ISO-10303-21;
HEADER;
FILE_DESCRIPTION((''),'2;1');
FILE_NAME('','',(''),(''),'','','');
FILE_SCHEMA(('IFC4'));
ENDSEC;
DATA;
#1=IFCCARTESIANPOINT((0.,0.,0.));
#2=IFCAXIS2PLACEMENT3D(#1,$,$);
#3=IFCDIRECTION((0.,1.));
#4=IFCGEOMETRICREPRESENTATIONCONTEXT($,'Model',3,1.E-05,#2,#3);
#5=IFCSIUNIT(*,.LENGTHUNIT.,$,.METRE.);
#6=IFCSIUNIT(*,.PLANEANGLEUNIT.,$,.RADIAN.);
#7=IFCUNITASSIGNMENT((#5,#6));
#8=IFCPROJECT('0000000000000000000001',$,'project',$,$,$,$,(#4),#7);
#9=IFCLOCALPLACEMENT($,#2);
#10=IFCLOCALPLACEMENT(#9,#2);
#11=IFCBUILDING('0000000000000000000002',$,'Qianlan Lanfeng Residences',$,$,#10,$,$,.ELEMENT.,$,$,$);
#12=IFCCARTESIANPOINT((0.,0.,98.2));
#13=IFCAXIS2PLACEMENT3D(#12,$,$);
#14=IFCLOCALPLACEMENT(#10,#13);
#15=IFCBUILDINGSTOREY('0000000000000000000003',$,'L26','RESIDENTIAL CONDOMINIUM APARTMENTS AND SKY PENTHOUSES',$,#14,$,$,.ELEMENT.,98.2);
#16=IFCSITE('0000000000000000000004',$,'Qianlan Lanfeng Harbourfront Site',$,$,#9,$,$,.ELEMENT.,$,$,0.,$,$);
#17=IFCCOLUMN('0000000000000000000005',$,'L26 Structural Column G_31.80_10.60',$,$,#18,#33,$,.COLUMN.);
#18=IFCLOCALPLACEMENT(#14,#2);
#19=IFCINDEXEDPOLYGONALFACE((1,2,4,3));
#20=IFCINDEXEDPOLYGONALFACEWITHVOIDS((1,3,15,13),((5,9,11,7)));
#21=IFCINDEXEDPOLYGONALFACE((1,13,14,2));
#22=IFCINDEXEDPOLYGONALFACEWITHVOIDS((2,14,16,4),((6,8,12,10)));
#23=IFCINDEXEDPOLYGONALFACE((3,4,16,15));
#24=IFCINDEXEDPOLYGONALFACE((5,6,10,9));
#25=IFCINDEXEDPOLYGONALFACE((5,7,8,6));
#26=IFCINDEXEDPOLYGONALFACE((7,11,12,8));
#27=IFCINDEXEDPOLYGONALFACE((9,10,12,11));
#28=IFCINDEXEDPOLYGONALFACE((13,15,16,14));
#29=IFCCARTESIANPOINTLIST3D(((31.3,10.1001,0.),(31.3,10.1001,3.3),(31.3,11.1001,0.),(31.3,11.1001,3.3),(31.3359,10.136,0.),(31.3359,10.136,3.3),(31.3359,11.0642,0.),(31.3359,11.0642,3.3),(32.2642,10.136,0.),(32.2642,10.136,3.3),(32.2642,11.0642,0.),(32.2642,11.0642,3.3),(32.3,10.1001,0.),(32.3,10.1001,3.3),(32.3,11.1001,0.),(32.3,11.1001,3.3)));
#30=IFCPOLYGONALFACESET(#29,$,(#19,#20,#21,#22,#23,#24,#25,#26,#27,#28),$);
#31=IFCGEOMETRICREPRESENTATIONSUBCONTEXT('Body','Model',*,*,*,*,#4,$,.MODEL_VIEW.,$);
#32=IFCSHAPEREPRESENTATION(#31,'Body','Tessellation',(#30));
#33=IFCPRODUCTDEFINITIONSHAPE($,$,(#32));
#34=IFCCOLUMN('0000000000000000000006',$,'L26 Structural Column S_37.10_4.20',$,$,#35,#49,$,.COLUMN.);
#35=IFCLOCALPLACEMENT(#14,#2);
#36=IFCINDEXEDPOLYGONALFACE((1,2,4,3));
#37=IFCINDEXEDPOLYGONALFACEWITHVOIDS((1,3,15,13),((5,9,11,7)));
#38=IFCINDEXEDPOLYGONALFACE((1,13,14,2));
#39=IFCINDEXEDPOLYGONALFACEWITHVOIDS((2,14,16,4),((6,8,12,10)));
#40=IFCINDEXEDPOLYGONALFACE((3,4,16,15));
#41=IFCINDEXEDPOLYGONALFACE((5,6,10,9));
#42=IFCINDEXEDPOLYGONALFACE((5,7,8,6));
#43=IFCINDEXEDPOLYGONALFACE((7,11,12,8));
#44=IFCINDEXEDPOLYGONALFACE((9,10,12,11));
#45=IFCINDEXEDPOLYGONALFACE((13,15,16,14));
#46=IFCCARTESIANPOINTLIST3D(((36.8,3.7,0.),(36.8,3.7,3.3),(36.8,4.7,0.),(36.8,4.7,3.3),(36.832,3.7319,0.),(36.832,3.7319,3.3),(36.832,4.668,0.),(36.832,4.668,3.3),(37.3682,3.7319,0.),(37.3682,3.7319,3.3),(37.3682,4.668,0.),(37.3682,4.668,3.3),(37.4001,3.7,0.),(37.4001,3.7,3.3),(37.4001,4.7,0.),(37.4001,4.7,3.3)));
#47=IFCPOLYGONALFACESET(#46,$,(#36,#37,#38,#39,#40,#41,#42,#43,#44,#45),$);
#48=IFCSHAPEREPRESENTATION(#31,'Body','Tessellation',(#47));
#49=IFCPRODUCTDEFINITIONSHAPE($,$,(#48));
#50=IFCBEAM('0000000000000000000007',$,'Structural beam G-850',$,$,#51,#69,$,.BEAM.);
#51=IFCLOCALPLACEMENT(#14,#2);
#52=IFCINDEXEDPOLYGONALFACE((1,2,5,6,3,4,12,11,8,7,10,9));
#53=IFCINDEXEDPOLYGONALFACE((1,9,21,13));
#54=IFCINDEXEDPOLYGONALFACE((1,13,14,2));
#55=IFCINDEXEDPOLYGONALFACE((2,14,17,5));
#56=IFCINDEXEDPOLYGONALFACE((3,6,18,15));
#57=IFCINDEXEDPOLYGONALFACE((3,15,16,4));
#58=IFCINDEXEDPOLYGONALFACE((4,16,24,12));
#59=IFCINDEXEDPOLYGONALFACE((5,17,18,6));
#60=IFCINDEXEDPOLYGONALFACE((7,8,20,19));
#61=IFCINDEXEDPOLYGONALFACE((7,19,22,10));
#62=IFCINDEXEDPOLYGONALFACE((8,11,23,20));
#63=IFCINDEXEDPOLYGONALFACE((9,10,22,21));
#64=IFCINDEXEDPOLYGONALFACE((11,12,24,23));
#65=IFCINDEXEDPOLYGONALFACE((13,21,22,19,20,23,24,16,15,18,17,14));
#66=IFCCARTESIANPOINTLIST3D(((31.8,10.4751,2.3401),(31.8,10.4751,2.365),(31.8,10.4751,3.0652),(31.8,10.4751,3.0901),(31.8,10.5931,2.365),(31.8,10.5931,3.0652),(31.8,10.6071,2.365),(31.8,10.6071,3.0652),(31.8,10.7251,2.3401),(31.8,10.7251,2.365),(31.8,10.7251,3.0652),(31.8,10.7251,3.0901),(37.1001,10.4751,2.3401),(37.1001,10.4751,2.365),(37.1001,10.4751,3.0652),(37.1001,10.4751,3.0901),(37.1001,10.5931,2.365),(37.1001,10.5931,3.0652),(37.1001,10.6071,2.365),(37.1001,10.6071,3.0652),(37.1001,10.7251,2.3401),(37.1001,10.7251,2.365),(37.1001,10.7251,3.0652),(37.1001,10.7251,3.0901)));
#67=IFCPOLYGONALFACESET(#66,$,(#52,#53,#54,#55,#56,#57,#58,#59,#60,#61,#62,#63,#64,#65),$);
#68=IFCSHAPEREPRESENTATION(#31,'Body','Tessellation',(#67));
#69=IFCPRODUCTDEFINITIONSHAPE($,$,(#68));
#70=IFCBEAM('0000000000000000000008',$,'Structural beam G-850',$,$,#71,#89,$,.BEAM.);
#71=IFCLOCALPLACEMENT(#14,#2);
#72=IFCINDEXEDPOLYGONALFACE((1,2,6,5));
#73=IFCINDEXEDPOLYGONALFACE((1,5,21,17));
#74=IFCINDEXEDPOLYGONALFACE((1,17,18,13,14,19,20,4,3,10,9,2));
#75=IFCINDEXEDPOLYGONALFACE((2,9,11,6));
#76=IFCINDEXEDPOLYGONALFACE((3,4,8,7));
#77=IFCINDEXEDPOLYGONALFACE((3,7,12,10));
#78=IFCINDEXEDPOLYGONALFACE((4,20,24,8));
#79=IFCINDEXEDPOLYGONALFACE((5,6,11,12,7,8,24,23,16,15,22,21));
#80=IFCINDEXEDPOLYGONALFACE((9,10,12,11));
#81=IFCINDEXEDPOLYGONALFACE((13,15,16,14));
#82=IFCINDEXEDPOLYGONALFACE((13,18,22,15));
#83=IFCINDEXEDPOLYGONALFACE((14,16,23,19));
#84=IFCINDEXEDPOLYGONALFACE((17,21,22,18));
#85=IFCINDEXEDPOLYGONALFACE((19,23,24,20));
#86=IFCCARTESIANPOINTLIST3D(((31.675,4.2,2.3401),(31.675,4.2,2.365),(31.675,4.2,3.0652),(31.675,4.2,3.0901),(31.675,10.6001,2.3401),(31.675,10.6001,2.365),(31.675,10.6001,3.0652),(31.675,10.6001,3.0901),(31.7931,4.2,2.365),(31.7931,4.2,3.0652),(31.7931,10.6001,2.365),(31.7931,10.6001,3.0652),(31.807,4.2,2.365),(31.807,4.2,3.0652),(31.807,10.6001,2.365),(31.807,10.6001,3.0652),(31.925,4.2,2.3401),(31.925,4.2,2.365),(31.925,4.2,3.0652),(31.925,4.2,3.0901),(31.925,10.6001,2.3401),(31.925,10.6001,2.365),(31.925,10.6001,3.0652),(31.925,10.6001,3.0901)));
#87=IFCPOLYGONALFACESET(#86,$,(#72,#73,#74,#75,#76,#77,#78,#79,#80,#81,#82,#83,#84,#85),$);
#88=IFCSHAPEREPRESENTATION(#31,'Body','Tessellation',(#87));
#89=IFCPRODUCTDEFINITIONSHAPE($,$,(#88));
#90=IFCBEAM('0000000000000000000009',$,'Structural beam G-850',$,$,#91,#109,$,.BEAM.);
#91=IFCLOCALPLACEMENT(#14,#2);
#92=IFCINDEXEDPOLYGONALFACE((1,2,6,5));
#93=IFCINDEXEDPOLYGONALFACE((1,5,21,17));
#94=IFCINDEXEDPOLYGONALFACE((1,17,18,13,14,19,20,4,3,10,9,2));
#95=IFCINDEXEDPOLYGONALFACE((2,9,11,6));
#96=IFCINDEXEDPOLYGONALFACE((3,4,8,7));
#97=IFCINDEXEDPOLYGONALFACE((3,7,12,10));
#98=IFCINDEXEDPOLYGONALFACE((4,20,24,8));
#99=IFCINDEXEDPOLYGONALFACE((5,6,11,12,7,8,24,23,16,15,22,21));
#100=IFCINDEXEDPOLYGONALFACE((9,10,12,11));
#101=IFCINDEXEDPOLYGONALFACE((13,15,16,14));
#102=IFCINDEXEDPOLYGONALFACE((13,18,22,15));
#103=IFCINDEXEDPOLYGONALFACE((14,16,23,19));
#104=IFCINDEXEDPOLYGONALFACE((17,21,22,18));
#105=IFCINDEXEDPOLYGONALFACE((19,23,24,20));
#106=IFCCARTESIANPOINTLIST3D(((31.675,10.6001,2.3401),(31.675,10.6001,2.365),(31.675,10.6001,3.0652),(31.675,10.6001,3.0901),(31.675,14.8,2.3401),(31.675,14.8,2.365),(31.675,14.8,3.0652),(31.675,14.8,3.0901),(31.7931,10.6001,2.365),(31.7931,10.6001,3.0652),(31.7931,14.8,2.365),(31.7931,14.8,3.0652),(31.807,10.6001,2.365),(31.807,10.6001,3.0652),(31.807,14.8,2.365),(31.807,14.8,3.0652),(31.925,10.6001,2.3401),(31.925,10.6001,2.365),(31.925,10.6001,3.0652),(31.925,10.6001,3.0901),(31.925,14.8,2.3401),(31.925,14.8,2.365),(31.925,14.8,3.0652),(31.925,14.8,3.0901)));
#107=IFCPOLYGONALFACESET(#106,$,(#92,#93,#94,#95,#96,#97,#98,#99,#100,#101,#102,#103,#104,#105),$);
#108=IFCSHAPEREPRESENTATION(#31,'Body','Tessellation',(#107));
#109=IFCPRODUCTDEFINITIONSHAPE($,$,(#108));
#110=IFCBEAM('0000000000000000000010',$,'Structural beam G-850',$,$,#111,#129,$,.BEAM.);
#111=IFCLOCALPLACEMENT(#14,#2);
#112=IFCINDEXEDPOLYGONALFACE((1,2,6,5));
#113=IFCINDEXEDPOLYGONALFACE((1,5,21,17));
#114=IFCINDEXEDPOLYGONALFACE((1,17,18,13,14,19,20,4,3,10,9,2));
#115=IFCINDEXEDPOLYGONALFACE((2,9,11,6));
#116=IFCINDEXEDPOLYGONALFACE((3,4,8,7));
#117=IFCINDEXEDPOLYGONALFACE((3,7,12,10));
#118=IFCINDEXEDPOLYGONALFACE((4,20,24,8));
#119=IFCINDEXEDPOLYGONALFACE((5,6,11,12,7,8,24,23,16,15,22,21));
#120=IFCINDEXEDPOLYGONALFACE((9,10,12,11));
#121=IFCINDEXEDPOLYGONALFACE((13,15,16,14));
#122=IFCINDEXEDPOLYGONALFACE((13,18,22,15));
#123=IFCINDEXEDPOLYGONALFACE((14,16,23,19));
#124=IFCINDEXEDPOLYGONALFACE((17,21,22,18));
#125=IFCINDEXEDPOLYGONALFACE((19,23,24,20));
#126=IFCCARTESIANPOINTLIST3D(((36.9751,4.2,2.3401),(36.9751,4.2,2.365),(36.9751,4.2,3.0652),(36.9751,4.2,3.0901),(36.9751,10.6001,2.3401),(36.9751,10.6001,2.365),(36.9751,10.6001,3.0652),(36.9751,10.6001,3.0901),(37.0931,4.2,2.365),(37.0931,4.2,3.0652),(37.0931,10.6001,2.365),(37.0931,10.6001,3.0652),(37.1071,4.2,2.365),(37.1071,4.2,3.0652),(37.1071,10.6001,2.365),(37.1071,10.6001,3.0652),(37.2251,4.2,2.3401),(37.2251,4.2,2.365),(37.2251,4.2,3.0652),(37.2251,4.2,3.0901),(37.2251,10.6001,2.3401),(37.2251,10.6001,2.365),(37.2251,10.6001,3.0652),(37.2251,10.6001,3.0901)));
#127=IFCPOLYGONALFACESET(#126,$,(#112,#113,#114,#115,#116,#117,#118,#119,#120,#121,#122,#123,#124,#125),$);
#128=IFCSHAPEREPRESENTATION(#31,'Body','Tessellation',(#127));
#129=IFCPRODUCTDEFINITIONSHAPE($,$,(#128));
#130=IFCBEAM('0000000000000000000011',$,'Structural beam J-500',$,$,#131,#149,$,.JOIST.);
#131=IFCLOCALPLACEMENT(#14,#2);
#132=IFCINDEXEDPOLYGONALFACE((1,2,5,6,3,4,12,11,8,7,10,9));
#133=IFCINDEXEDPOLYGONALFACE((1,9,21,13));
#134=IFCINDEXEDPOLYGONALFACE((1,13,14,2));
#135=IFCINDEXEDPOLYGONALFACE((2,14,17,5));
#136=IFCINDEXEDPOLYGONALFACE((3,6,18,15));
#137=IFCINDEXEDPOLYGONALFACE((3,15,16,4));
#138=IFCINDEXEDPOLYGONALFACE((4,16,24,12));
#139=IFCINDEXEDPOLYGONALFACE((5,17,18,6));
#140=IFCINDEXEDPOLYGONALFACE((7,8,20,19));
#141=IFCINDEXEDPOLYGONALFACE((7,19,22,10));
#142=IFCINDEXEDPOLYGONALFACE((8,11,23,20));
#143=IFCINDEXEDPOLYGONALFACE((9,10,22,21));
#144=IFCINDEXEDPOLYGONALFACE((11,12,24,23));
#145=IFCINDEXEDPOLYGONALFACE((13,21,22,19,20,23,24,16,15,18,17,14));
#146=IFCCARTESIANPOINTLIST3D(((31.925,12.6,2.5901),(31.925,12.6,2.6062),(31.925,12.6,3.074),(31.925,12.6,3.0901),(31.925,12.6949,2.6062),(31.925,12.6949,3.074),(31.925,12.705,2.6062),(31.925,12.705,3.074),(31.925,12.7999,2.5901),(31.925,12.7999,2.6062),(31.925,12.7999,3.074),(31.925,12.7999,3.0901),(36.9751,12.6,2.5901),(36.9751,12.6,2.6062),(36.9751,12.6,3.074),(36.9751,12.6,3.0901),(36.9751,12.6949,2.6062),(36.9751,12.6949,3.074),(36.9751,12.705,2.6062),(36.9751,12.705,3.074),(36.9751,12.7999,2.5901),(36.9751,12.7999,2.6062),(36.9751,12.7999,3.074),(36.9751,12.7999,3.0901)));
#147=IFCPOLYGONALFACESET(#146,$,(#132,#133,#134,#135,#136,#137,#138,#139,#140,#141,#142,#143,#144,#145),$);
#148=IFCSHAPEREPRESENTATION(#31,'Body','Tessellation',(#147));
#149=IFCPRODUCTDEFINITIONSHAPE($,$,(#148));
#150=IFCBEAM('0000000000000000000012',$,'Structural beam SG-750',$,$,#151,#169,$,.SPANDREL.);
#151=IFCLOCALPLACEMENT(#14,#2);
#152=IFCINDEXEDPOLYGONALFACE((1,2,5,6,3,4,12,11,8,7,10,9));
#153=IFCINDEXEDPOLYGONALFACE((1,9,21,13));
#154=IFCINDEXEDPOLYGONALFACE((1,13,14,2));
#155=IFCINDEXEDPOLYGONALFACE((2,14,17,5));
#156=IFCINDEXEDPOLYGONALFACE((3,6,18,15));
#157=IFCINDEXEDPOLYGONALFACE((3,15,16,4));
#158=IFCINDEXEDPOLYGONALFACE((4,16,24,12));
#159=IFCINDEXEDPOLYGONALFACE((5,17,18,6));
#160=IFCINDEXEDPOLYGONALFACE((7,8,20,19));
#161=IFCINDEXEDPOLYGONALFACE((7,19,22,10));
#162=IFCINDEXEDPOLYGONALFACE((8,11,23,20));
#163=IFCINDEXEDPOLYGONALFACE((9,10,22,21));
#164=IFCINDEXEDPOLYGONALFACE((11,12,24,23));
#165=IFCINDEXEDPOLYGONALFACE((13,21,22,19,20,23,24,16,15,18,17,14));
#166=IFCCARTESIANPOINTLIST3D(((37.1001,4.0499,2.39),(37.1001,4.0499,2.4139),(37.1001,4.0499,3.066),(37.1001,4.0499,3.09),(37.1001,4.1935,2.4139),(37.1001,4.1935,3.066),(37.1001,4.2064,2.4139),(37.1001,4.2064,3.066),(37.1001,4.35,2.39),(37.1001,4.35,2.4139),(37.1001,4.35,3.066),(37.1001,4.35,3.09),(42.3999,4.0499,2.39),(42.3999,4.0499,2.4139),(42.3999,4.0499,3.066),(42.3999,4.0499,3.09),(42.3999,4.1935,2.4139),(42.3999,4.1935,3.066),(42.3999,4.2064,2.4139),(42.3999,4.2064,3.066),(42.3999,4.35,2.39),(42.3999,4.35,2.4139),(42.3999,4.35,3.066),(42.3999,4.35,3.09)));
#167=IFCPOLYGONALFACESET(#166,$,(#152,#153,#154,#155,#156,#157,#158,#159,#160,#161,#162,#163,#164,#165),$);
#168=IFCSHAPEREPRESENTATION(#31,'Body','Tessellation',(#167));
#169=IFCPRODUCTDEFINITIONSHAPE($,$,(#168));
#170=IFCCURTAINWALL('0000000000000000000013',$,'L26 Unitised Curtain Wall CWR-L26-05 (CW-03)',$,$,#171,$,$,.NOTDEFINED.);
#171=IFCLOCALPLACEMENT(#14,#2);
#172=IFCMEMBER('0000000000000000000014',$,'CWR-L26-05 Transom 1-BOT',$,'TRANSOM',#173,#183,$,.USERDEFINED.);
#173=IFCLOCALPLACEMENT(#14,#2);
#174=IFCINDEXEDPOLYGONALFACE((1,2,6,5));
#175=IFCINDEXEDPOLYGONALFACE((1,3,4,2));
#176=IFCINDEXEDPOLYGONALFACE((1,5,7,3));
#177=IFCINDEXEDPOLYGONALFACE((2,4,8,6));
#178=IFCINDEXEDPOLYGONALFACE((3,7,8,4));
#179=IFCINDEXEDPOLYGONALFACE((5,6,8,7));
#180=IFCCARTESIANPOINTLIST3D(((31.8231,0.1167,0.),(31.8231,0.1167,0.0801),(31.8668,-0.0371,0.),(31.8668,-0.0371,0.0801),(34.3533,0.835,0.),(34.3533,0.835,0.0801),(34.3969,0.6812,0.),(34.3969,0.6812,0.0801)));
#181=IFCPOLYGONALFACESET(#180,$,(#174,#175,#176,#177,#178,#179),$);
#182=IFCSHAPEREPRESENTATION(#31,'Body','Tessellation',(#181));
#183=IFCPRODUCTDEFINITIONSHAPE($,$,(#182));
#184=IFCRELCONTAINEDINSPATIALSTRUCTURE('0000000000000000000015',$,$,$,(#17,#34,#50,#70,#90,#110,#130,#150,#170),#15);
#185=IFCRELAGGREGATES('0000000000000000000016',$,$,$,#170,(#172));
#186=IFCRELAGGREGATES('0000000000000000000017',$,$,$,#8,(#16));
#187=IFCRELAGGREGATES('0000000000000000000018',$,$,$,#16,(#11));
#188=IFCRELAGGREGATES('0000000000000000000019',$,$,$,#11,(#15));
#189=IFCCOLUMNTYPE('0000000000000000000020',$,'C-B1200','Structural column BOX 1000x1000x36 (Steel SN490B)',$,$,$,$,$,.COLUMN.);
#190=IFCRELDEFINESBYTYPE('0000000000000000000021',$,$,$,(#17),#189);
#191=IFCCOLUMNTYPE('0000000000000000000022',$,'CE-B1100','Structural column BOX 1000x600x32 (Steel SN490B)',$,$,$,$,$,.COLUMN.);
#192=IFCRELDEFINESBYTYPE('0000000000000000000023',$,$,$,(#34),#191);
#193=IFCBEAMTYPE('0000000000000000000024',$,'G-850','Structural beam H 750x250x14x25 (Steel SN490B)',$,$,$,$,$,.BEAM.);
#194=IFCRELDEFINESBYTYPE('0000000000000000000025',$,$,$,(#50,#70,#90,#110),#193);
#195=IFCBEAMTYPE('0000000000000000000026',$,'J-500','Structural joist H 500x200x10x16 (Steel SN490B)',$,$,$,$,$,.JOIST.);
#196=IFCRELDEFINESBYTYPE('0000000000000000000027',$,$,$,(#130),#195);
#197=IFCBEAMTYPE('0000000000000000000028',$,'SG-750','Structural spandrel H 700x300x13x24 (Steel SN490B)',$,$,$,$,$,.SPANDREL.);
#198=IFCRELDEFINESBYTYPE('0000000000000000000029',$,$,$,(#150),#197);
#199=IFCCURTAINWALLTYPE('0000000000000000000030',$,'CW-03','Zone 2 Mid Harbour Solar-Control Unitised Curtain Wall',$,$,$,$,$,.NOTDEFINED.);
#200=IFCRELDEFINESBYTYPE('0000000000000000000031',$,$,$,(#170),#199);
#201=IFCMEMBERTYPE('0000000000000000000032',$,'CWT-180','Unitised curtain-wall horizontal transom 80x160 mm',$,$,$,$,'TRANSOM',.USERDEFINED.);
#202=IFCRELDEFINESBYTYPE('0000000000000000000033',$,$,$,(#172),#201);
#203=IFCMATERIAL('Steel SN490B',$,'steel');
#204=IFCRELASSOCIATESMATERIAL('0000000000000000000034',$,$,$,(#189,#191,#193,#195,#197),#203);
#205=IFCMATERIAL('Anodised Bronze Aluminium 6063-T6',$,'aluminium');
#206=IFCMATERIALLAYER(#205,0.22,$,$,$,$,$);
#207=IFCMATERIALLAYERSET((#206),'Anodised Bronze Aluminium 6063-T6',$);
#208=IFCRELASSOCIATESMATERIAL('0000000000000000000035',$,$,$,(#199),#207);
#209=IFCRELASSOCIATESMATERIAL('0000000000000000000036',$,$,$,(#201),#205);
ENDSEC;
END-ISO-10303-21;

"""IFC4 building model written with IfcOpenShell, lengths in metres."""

from ifc_helpers import new_model, si_unit, direction, frame, origin, origin_2d, place, context, subcontext, project, spatial, rectangle, hollow_rectangle, i_section, extrude, source, transform, mapped, material, layer, layer_set, material_profile, profile_set, type_object, element, aggregate, save


model = new_model("IFC4")

# Units and contexts
model_context = context("Model", 3, precision=1e-05, world=origin(), true_north=direction((0.0, 1.0)))
body_context = subcontext(model_context, "Body", "Model", "MODEL_VIEW")
ifc_project = project(units=[si_unit("LENGTHUNIT", "METRE"), si_unit("PLANEANGLEUNIT", "RADIAN")], contexts=[model_context])

# Site, building, storey
site_placement = place(None, origin())
site = spatial("IfcSite", under=ifc_project, at=site_placement, Name="Qianlan Lanfeng Harbourfront Site", CompositionType="ELEMENT", RefElevation=0.0)
building_placement = place(site_placement, origin())
building = spatial("IfcBuilding", under=site, at=building_placement, Name="Qianlan Lanfeng Residences", CompositionType="ELEMENT")
storey_placement = place(building_placement, frame((0.0, 0.0, 98.2)))
storey = spatial("IfcBuildingStorey", under=building, at=storey_placement, Name="L26", Description="RESIDENTIAL CONDOMINIUM APARTMENTS AND SKY PENTHOUSES", CompositionType="ELEMENT", Elevation=98.2)

# Columns
ifc_material_1 = material(Name="Steel SN490B", Category="steel")
ifc_material_profile_1 = material_profile(ifc_material_1, hollow_rectangle(XDim=1.0, YDim=1.0, WallThickness=0.0359, at=origin_2d()), Name="BOX 1000x1000x36")
ifc_profile_set_1 = profile_set([ifc_material_profile_1], Name="Steel SN490B")
column_type_1 = type_object("IfcColumnType", Name="C-B1200", Description="Structural column BOX 1000x1000x36 (Steel SN490B)", PredefinedType="COLUMN", material=ifc_profile_set_1)
column_1_placement = place(storey_placement, frame((31.8, 10.6001, 0.0), z_axis=(0.0, 0.0, 1.0), x_axis=(1.0, 0.0, 0.0)))
element("IfcColumn", 1, at=column_1_placement, inside=storey, type_object=column_type_1, Name="L26 Structural Column G_31.80_10.60", PredefinedType="COLUMN", context=body_context, shape_type="SweptSolid", body=[
    extrude(hollow_rectangle(XDim=1.0, YDim=1.0, WallThickness=0.0359, at=origin_2d()), origin(), (0.0, 0.0, 1.0), 3.3),
])
ifc_material_profile_2 = material_profile(ifc_material_1, hollow_rectangle(XDim=0.6001, YDim=1.0, WallThickness=0.032, at=origin_2d()), Name="BOX 1000x600x32")
ifc_profile_set_2 = profile_set([ifc_material_profile_2], Name="Steel SN490B")
column_type_2 = type_object("IfcColumnType", Name="CE-B1100", Description="Structural column BOX 1000x600x32 (Steel SN490B)", PredefinedType="COLUMN", material=ifc_profile_set_2)
column_2_placement = place(storey_placement, frame((37.1001, 4.2, 0.0), z_axis=(0.0, 0.0, 1.0), x_axis=(1.0, 0.0, 0.0)))
element("IfcColumn", 2, at=column_2_placement, inside=storey, type_object=column_type_2, Name="L26 Structural Column S_37.10_4.20", PredefinedType="COLUMN", context=body_context, shape_type="SweptSolid", body=[
    extrude(hollow_rectangle(XDim=0.6001, YDim=1.0, WallThickness=0.032, at=origin_2d()), origin(), (0.0, 0.0, 1.0), 3.3),
])

# Beams
ifc_material_profile_3 = material_profile(ifc_material_1, i_section(OverallWidth=0.25, OverallDepth=0.75, WebThickness=0.0139, FlangeThickness=0.0249, at=origin_2d()), Name="H 750x250x14x25")
ifc_profile_set_3 = profile_set([ifc_material_profile_3], Name="Steel SN490B")
beam_type_1 = type_object("IfcBeamType", Name="G-850", Description="Structural beam H 750x250x14x25 (Steel SN490B)", PredefinedType="BEAM", material=ifc_profile_set_3)
beam_1_placement = place(storey_placement, frame((31.8, 10.6001, 2.7151), z_axis=(1.0, 0.0, 0.0), x_axis=(0.0, 1.0, 0.0)))
element("IfcBeam", 3, at=beam_1_placement, inside=storey, type_object=beam_type_1, Name="Structural beam G-850", PredefinedType="BEAM", context=body_context, shape_type="SweptSolid", body=[
    extrude(i_section(OverallWidth=0.25, OverallDepth=0.75, WebThickness=0.0139, FlangeThickness=0.0249, at=origin_2d()), origin(), (0.0, 0.0, 1.0), 5.3),
])
beam_2_placement = place(storey_placement, frame((31.8, 4.2, 2.7151), z_axis=(0.0, 1.0, 0.0), x_axis=(-1.0, 0.0, 0.0)))
element("IfcBeam", 4, at=beam_2_placement, inside=storey, type_object=beam_type_1, Name="Structural beam G-850", PredefinedType="BEAM", context=body_context, shape_type="SweptSolid", body=[
    extrude(i_section(OverallWidth=0.25, OverallDepth=0.75, WebThickness=0.0139, FlangeThickness=0.0249, at=origin_2d()), origin(), (0.0, 0.0, 1.0), 6.4001),
])
beam_3_placement = place(storey_placement, frame((31.8, 10.6001, 2.7151), z_axis=(0.0, 1.0, 0.0), x_axis=(-1.0, 0.0, 0.0)))
element("IfcBeam", 5, at=beam_3_placement, inside=storey, type_object=beam_type_1, Name="Structural beam G-850", PredefinedType="BEAM", context=body_context, shape_type="SweptSolid", body=[
    extrude(i_section(OverallWidth=0.25, OverallDepth=0.75, WebThickness=0.0139, FlangeThickness=0.0249, at=origin_2d()), origin(), (0.0, 0.0, 1.0), 4.2),
])
beam_4_placement = place(storey_placement, frame((37.1001, 4.2, 2.7151), z_axis=(0.0, 1.0, 0.0), x_axis=(-1.0, 0.0, 0.0)))
element("IfcBeam", 6, at=beam_4_placement, inside=storey, type_object=beam_type_1, Name="Structural beam G-850", PredefinedType="BEAM", context=body_context, shape_type="SweptSolid", body=[
    extrude(i_section(OverallWidth=0.25, OverallDepth=0.75, WebThickness=0.0139, FlangeThickness=0.0249, at=origin_2d()), origin(), (0.0, 0.0, 1.0), 6.4001),
])
ifc_material_profile_4 = material_profile(ifc_material_1, i_section(OverallWidth=0.2, OverallDepth=0.5, WebThickness=0.01, FlangeThickness=0.0161, at=origin_2d()), Name="H 500x200x10x16")
ifc_profile_set_4 = profile_set([ifc_material_profile_4], Name="Steel SN490B")
beam_type_2 = type_object("IfcBeamType", Name="J-500", Description="Structural joist H 500x200x10x16 (Steel SN490B)", PredefinedType="JOIST", material=ifc_profile_set_4)
beam_5_placement = place(storey_placement, frame((31.925, 12.7, 2.8401), z_axis=(1.0, 0.0, 0.0), x_axis=(0.0, 1.0, 0.0)))
element("IfcBeam", 7, at=beam_5_placement, inside=storey, type_object=beam_type_2, Name="Structural beam J-500", PredefinedType="JOIST", context=body_context, shape_type="SweptSolid", body=[
    extrude(i_section(OverallWidth=0.2, OverallDepth=0.5, WebThickness=0.01, FlangeThickness=0.0161, at=origin_2d()), origin(), (0.0, 0.0, 1.0), 5.05),
])
ifc_material_profile_5 = material_profile(ifc_material_1, i_section(OverallWidth=0.3, OverallDepth=0.7, WebThickness=0.0129, FlangeThickness=0.0239, at=origin_2d()), Name="H 700x300x13x24")
ifc_profile_set_5 = profile_set([ifc_material_profile_5], Name="Steel SN490B")
beam_type_3 = type_object("IfcBeamType", Name="SG-750", Description="Structural spandrel H 700x300x13x24 (Steel SN490B)", PredefinedType="SPANDREL", material=ifc_profile_set_5)
beam_6_placement = place(storey_placement, frame((37.1001, 4.2, 2.74), z_axis=(1.0, 0.0, 0.0), x_axis=(0.0, 1.0, 0.0)))
element("IfcBeam", 8, at=beam_6_placement, inside=storey, type_object=beam_type_3, Name="Structural beam SG-750", PredefinedType="SPANDREL", context=body_context, shape_type="SweptSolid", body=[
    extrude(i_section(OverallWidth=0.3, OverallDepth=0.7, WebThickness=0.0129, FlangeThickness=0.0239, at=origin_2d()), origin(), (0.0, 0.0, 1.0), 5.2998),
])

# Curtain wall, member
ifc_material_2 = material(Name="Anodised Bronze Aluminium 6063-T6", Category="aluminium")
ifc_layer_1 = layer(ifc_material_2, 0.22)
ifc_layer_set_1 = layer_set([ifc_layer_1], Name="Anodised Bronze Aluminium 6063-T6")
curtain_wall_type = type_object("IfcCurtainWallType", Name="CW-03", Description="Zone 2 Mid Harbour Solar-Control Unitised Curtain Wall", PredefinedType="NOTDEFINED", material=ifc_layer_set_1)
curtain_wall_placement = place(storey_placement, origin())
curtain_wall = element("IfcCurtainWall", 9, at=curtain_wall_placement, inside=storey, type_object=curtain_wall_type, Name="L26 Unitised Curtain Wall CWR-L26-05 (CW-03)", PredefinedType="NOTDEFINED")
ifc_material_profile_6 = material_profile(ifc_material_2, rectangle(XDim=0.0801, YDim=0.1599, at=origin_2d()), Name="ALU TRANSOM 80x160")
ifc_profile_set_6 = profile_set([ifc_material_profile_6], Name="Anodised Bronze Aluminium 6063-T6")
member_type_1 = type_object("IfcMemberType", Name="CWT-180", Description="Unitised curtain-wall horizontal transom 80x160 mm", ElementType="TRANSOM", PredefinedType="USERDEFINED", material=ifc_profile_set_6)
shared_shape_1 = source(origin(), body_context, "Body", "SweptSolid", [
    extrude(rectangle(XDim=0.0801, YDim=0.1599, at=origin_2d()), origin(), (0.0, 0.0, 1.0), 2.6301),
])
member_1_placement = place(storey_placement, frame((31.845, 0.0398, 0.04), z_axis=(0.961985, 0.273102, 0.0), x_axis=(0.0, 0.0, 1.0)))
member_1 = element("IfcMember", 10, at=member_1_placement, type_object=member_type_1, Name="CWR-L26-05 Transom 1-BOT", ObjectType="TRANSOM", PredefinedType="USERDEFINED", context=body_context, shape_type="MappedRepresentation", body=[
    mapped(shared_shape_1, transform((0.0, 0.0, 0.0), scale=1.0)),
])
aggregate(curtain_wall, [member_1])

save(model, "model.ifc")
